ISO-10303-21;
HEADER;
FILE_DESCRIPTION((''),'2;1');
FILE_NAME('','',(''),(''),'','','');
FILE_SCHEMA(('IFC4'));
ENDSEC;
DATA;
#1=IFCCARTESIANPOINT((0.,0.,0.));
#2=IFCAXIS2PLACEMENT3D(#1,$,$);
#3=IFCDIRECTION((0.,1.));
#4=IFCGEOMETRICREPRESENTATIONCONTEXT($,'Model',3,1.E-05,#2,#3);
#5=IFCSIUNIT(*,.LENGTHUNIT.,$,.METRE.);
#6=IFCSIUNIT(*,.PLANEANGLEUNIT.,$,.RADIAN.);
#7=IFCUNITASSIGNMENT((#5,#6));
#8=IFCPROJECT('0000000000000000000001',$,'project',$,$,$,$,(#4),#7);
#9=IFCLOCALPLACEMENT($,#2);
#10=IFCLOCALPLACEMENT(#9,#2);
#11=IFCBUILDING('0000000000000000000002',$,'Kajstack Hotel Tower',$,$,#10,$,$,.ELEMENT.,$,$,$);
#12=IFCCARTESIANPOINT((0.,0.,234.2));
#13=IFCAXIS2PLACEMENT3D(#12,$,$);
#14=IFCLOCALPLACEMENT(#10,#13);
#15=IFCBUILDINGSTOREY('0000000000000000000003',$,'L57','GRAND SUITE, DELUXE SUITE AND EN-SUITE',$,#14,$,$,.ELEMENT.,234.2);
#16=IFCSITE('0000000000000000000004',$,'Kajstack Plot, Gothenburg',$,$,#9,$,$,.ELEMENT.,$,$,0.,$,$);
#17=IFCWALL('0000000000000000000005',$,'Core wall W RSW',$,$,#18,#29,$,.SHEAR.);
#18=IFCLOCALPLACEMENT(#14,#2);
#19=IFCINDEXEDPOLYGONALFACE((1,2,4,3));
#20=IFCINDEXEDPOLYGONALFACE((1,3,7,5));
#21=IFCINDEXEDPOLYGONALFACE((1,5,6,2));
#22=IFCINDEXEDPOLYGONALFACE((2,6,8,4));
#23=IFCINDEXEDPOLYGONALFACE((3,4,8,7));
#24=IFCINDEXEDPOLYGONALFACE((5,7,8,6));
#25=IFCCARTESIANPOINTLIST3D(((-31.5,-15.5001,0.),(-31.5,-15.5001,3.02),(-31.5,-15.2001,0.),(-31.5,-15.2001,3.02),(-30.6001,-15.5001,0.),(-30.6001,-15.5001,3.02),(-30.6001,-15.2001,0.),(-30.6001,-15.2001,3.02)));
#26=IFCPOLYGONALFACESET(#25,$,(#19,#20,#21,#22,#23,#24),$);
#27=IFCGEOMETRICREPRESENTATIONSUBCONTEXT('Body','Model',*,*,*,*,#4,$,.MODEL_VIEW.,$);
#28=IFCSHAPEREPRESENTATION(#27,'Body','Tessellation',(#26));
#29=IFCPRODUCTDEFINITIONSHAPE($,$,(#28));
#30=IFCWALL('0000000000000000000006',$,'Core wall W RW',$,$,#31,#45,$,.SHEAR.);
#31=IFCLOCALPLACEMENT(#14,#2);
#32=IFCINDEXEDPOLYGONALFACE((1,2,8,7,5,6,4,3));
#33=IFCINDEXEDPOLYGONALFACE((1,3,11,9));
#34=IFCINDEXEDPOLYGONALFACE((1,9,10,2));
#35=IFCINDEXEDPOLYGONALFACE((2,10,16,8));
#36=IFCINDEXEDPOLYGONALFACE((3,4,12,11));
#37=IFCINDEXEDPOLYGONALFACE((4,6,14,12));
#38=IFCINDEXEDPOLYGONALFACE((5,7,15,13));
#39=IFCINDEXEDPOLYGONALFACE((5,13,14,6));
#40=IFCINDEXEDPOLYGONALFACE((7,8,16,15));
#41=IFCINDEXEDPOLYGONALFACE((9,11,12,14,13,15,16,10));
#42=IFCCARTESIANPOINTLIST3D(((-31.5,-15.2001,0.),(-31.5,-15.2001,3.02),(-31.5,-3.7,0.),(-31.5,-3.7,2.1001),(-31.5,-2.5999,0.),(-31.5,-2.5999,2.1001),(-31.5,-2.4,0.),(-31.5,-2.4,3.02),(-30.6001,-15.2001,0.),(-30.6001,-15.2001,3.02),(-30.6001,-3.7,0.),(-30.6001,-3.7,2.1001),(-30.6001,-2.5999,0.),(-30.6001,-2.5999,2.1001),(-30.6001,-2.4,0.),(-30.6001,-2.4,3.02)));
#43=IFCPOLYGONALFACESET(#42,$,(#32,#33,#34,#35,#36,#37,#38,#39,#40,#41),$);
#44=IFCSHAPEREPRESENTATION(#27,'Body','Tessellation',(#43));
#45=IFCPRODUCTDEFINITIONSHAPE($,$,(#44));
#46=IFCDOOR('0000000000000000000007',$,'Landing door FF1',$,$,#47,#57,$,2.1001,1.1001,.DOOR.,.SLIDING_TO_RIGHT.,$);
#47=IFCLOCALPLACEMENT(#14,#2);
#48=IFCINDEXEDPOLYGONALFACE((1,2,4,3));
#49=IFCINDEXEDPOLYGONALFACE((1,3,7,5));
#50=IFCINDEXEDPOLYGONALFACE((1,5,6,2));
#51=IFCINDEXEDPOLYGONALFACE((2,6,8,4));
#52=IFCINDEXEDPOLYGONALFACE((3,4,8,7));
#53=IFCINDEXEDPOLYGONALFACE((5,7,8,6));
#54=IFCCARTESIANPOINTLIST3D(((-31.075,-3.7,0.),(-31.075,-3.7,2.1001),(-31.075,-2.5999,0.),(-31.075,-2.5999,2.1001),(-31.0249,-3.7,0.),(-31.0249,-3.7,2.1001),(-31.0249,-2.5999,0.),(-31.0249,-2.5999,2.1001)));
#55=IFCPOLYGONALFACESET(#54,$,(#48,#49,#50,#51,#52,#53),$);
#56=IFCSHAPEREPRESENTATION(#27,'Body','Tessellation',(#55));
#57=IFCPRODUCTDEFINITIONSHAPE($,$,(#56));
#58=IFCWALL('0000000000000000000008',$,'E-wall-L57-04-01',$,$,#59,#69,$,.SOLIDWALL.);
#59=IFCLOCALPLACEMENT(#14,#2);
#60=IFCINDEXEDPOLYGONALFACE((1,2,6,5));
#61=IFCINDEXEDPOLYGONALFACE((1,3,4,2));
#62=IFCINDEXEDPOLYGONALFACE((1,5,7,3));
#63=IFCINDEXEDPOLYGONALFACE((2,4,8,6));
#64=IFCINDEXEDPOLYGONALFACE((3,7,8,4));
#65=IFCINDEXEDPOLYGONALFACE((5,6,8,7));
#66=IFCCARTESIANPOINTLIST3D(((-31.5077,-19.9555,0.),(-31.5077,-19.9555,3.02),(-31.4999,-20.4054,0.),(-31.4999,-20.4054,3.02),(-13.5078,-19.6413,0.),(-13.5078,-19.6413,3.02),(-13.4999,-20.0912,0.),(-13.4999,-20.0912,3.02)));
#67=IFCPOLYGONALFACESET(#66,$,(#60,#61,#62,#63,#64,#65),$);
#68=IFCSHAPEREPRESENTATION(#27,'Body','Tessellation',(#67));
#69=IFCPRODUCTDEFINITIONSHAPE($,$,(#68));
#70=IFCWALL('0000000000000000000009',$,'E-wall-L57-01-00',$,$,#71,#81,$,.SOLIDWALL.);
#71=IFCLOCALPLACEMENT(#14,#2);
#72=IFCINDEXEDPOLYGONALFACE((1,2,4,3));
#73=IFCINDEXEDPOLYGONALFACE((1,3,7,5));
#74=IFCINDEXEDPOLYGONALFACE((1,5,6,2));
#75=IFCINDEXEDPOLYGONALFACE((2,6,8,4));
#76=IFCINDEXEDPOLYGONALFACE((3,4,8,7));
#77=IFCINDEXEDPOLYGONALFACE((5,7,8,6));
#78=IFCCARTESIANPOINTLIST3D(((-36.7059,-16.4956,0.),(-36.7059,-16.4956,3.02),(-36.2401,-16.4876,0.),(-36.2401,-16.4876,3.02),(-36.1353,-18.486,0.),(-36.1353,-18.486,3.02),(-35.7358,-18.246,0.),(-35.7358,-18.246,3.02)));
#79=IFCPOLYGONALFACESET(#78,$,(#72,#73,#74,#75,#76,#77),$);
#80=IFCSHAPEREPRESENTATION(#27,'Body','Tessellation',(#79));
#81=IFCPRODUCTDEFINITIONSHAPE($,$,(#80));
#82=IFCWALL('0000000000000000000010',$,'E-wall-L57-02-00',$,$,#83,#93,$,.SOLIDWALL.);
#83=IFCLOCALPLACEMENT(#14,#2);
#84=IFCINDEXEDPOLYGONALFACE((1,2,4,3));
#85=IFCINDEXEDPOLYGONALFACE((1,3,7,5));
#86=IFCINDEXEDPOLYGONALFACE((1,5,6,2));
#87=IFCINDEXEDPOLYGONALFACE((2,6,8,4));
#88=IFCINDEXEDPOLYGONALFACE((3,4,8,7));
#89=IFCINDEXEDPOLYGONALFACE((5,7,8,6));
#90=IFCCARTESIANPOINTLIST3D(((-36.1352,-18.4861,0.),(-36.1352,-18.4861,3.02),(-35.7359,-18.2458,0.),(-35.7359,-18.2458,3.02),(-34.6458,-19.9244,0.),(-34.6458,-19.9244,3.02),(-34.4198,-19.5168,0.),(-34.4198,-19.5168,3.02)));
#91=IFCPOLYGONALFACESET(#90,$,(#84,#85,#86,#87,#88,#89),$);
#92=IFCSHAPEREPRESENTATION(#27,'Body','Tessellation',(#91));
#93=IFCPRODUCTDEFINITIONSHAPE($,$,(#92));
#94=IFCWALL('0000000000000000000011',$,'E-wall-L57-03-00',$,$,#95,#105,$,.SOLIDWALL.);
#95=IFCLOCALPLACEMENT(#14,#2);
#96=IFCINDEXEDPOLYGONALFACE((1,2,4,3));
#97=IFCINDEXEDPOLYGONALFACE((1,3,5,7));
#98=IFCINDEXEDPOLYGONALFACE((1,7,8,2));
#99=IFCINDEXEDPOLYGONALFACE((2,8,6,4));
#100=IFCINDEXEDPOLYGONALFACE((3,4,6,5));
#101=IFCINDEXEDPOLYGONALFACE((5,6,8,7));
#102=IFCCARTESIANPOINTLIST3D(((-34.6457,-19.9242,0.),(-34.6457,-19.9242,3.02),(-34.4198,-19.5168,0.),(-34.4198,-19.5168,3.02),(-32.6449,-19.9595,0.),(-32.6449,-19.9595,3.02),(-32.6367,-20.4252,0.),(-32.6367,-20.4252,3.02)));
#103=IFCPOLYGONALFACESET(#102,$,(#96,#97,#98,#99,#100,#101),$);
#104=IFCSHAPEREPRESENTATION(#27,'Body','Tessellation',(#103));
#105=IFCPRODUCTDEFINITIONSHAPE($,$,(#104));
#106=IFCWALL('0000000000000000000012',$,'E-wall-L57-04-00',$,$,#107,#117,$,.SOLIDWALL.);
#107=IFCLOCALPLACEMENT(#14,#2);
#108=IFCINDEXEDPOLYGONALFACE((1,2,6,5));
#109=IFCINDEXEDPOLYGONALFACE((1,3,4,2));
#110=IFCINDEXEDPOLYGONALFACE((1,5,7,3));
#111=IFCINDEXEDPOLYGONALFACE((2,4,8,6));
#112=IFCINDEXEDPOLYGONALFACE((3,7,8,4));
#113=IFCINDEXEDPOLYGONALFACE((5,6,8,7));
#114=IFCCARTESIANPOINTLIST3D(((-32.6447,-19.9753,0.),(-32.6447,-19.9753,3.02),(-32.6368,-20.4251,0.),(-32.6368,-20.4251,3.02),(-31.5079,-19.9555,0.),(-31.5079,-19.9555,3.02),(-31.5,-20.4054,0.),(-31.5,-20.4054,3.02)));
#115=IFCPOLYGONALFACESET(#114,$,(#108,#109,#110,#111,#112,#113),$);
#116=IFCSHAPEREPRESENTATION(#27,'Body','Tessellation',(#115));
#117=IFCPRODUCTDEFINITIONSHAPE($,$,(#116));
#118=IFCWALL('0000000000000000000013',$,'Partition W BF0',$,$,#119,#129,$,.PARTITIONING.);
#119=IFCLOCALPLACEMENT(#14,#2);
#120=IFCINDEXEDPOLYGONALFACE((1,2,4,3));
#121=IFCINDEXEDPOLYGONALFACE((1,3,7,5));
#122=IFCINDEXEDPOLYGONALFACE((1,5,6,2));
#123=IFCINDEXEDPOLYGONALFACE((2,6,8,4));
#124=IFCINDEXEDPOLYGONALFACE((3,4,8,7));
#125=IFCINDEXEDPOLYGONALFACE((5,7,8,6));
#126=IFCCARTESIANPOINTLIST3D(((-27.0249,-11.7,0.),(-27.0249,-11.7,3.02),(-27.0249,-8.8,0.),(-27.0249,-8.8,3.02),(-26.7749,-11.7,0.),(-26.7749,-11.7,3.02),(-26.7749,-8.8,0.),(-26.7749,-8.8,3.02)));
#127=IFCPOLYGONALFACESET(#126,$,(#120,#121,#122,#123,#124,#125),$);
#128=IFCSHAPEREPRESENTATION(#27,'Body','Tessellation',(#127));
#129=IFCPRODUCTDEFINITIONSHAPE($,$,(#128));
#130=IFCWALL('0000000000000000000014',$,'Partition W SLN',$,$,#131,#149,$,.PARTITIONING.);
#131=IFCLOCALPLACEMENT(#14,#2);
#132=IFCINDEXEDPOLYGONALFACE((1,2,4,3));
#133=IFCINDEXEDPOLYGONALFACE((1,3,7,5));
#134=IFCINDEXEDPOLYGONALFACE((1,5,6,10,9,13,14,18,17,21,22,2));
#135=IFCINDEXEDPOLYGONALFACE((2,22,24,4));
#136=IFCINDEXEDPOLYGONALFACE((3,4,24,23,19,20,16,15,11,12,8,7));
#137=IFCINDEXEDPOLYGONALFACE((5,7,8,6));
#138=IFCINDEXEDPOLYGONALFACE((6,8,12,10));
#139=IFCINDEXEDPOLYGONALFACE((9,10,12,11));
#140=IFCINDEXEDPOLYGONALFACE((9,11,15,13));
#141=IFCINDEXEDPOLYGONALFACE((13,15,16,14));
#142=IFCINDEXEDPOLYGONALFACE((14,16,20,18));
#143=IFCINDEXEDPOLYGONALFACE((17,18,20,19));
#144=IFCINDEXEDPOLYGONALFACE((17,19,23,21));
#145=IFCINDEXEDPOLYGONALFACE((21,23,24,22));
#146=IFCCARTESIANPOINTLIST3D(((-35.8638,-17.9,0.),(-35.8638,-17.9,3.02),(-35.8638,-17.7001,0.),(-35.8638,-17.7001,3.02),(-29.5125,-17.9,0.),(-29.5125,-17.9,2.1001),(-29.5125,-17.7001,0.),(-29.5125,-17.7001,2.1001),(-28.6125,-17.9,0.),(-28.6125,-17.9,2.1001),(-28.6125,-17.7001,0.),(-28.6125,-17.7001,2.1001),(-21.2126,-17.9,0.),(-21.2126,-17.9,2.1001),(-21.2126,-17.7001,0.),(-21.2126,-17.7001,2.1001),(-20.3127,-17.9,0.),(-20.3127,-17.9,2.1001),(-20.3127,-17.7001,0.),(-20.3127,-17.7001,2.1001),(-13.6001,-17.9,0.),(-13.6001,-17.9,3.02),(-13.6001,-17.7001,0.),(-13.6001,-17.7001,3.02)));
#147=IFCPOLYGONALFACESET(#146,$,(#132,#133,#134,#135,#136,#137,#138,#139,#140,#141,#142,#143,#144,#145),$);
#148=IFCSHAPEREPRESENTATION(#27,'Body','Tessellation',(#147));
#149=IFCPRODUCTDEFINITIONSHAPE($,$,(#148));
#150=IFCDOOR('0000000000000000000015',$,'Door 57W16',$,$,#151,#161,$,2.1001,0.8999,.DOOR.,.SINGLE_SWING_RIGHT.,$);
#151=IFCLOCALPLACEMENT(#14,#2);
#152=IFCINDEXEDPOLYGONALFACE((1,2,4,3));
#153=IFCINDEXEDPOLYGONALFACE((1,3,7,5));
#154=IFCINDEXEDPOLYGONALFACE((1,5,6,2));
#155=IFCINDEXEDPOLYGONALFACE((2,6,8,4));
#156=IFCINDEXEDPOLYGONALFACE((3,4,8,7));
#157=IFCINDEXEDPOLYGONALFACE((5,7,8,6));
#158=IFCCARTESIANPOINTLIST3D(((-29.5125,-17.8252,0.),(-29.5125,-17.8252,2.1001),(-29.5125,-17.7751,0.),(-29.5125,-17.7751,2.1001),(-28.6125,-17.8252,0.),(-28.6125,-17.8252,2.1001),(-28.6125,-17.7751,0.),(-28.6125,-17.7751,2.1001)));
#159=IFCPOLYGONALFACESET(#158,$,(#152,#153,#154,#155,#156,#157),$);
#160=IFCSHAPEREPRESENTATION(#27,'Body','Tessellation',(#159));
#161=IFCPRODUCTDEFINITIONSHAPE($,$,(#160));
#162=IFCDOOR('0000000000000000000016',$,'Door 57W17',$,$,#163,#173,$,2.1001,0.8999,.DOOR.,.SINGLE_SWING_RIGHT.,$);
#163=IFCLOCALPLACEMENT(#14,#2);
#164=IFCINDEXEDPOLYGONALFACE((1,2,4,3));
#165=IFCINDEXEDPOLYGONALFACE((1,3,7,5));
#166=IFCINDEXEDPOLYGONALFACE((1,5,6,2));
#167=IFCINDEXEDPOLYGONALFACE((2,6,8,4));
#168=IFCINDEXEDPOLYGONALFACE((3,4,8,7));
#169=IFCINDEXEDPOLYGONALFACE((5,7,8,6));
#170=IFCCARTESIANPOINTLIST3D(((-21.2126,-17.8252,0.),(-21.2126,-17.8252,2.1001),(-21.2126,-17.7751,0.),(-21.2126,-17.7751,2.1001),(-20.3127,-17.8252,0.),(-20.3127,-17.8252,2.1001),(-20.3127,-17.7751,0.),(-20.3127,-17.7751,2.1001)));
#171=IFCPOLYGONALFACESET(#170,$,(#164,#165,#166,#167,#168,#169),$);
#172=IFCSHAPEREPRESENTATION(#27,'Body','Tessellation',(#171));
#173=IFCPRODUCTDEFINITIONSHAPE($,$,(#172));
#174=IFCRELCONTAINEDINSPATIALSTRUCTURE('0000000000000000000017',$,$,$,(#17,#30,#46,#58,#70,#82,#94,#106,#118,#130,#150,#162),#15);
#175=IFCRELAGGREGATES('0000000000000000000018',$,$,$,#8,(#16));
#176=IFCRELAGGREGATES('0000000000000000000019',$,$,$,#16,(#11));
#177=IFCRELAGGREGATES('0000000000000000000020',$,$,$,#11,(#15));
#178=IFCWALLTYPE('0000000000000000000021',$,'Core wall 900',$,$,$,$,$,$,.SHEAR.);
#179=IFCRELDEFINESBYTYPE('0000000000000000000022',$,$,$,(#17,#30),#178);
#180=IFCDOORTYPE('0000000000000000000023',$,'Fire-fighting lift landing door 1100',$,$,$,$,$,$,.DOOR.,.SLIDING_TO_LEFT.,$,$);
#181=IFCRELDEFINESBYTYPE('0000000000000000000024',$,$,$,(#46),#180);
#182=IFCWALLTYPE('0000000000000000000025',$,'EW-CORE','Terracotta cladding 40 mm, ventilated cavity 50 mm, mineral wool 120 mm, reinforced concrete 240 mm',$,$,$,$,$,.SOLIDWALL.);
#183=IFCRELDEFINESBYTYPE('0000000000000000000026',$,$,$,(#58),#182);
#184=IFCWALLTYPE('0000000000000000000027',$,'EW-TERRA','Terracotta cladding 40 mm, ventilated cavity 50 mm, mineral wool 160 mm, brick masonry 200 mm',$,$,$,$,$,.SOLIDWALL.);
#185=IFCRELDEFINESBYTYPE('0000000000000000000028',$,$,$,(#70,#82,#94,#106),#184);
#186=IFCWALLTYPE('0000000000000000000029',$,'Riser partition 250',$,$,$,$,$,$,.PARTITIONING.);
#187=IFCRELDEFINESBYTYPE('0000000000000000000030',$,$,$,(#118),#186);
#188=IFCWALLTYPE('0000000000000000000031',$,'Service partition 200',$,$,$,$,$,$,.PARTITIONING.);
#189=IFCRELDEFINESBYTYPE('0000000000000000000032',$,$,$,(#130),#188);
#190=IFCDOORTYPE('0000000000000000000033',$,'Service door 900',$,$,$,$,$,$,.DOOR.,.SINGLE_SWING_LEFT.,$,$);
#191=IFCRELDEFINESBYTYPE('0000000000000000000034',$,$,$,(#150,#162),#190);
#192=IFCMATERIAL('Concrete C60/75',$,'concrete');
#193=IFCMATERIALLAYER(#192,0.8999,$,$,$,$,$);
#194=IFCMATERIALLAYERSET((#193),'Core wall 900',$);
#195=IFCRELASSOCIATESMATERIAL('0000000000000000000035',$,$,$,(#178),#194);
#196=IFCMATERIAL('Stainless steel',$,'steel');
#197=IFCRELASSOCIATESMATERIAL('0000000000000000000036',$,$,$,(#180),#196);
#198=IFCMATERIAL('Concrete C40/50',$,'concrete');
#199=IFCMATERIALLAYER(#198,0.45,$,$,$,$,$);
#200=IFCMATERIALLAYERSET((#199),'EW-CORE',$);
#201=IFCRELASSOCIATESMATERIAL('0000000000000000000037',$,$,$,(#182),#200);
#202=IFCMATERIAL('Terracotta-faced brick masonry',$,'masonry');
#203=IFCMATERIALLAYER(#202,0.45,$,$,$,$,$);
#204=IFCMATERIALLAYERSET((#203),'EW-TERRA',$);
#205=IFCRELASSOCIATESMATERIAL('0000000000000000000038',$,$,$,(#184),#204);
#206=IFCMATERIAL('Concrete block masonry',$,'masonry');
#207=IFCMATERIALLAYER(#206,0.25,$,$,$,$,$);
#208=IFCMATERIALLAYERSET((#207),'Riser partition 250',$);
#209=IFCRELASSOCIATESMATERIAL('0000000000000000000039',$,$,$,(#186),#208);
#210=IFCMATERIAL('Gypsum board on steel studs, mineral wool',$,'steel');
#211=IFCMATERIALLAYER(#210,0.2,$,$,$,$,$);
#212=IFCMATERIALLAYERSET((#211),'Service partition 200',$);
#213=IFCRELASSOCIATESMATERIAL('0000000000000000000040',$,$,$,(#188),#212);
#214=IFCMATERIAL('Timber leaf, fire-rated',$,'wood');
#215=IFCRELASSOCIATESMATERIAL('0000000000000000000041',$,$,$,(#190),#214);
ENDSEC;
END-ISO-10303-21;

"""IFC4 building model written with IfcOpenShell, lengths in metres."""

from ifc_helpers import new_model, si_unit, direction, frame, frame_2d, origin, place, context, subcontext, project, spatial, polyline, rectangle, outline, extrude, material, layer, layer_set, type_object, element, fill, save


model = new_model("IFC4")

# Units and contexts
model_context = context("Model", 3, precision=1e-05, world=origin(), true_north=direction((0.0, 1.0)))
body_context = subcontext(model_context, "Body", "Model", "MODEL_VIEW")
ifc_project = project(units=[si_unit("LENGTHUNIT", "METRE"), si_unit("PLANEANGLEUNIT", "RADIAN")], contexts=[model_context])

# Site, building, storey
site_placement = place(None, origin())
site = spatial("IfcSite", under=ifc_project, at=site_placement, Name="Kajstack Plot, Gothenburg", CompositionType="ELEMENT", RefElevation=0.0)
building_placement = place(site_placement, origin())
building = spatial("IfcBuilding", under=site, at=building_placement, Name="Kajstack Hotel Tower", CompositionType="ELEMENT")
storey_placement = place(building_placement, frame((0.0, 0.0, 234.2)))
storey = spatial("IfcBuildingStorey", under=building, at=storey_placement, Name="L57", Description="GRAND SUITE, DELUXE SUITE AND EN-SUITE", CompositionType="ELEMENT", Elevation=234.2)

# Wall
ifc_material_1 = material(Name="Concrete C60/75", Category="concrete")
ifc_layer_1 = layer(ifc_material_1, 0.8999)
ifc_layer_set_1 = layer_set([ifc_layer_1], Name="Core wall 900")
wall_type_1 = type_object("IfcWallType", Name="Core wall 900", PredefinedType="SHEAR", material=ifc_layer_set_1)
wall_1_placement = place(storey_placement, frame((-31.5, -15.3501, 0.0), z_axis=(0.0, 0.0, 1.0), x_axis=(1.0, 0.0, 0.0)))
element("IfcWall", 1, at=wall_1_placement, inside=storey, type_object=wall_type_1, Name="Core wall W RSW", PredefinedType="SHEAR", context=body_context, shape_type="SweptSolid", body=[
    extrude(rectangle(XDim=0.8999, YDim=0.3, at=frame_2d((0.45, 0.0))), origin(), (0.0, 0.0, 1.0), 3.02),
])

# Wall, opening, door
wall_2_placement = place(storey_placement, frame((-31.05, -15.2, 0.0), z_axis=(0.0, 0.0, 1.0), x_axis=(0.0, 1.0, 0.0)))
wall_2 = element("IfcWall", 2, at=wall_2_placement, inside=storey, type_object=wall_type_1, Name="Core wall W RW", PredefinedType="SHEAR", context=body_context, shape_type="SweptSolid", body=[
    extrude(rectangle(XDim=12.8, YDim=0.8999, at=frame_2d((6.3999, 0.0))), origin(), (0.0, 0.0, 1.0), 3.02),
])
opening_1_placement = place(wall_2_placement, frame((11.5, 0.0, 0.0)))
opening_1 = element("IfcOpeningElement", 3, at=opening_1_placement, cuts=wall_2, PredefinedType="OPENING", context=body_context, shape_type="SweptSolid", body=[
    extrude(rectangle(XDim=1.1001, YDim=2.1001, at=frame_2d((0.55, 1.05))), frame((0.0, 0.46, 0.0), z_axis=(0.0, -1.0, 0.0), x_axis=(1.0, 0.0, 0.0)), (0.0, 0.0, 1.0), 0.9199),
])
ifc_material_2 = material(Name="Stainless steel", Category="steel")
door_type_1 = type_object("IfcDoorType", Name="Fire-fighting lift landing door 1100", OperationType="SLIDING_TO_LEFT", PredefinedType="DOOR", material=ifc_material_2)
door_1_placement = place(opening_1_placement, origin())
door_1 = element("IfcDoor", 4, at=door_1_placement, inside=storey, type_object=door_type_1, Name="Landing door FF1", OperationType="SLIDING_TO_RIGHT", OverallHeight=2.1001, OverallWidth=1.1001, PredefinedType="DOOR", context=body_context, shape_type="SweptSolid", body=[
    extrude(rectangle(XDim=1.1001, YDim=2.1001, at=frame_2d((0.55, 1.05))), frame((0.0, 0.0249, 0.0), z_axis=(0.0, -1.0, 0.0), x_axis=(1.0, 0.0, 0.0)), (0.0, 0.0, 1.0), 0.05),
])
fill(opening_1, door_1)

# Walls
ifc_material_3 = material(Name="Concrete C40/50", Category="concrete")
ifc_layer_2 = layer(ifc_material_3, 0.45)
ifc_layer_set_2 = layer_set([ifc_layer_2], Name="EW-CORE")
wall_type_2 = type_object("IfcWallType", Name="EW-CORE", Description="Terracotta cladding 40 mm, ventilated cavity 50 mm, mineral wool 120 mm, reinforced concrete 240 mm", PredefinedType="SOLIDWALL", material=ifc_layer_set_2)
wall_3_placement = place(storey_placement, frame((-31.5039, -20.1804, 0.0), z_axis=(0.0, 0.0, 1.0), x_axis=(0.999848, 0.017453, 0.0)))
element("IfcWall", 5, at=wall_3_placement, inside=storey, type_object=wall_type_2, Name="E-wall-L57-04-01", PredefinedType="SOLIDWALL", context=body_context, shape_type="SweptSolid", body=[
    extrude(rectangle(XDim=18.0027, YDim=0.45, at=frame_2d((9.0015, 0.0))), origin(), (0.0, 0.0, 1.0), 3.02),
])
ifc_material_4 = material(Name="Terracotta-faced brick masonry", Category="masonry")
ifc_layer_3 = layer(ifc_material_4, 0.45)
ifc_layer_set_3 = layer_set([ifc_layer_3], Name="EW-TERRA")
wall_type_3 = type_object("IfcWallType", Name="EW-TERRA", Description="Terracotta cladding 40 mm, ventilated cavity 50 mm, mineral wool 160 mm, brick masonry 200 mm", PredefinedType="SOLIDWALL", material=ifc_layer_set_3)
wall_4_placement = place(storey_placement, frame((-36.4895, -16.4336, 0.0), z_axis=(0.0, 0.0, 1.0), x_axis=(0.275578, -0.961279, 0.0)))
element("IfcWall", 6, at=wall_4_placement, inside=storey, type_object=wall_type_3, Name="E-wall-L57-01-00", PredefinedType="SOLIDWALL", context=body_context, shape_type="SweptSolid", body=[
    extrude(outline(polyline([(0.0, -0.2251), (2.0706, -0.2251), (1.95, 0.2251), (0.1206, 0.2249), (0.0, -0.2251)])), origin(), (0.0, 0.0, 1.0), 3.02),
])
wall_5_placement = place(storey_placement, frame((-35.979, -18.324, 0.0), z_axis=(0.0, 0.0, 1.0), x_axis=(0.71932, -0.694679, 0.0)))
element("IfcWall", 7, at=wall_5_placement, inside=storey, type_object=wall_type_3, Name="E-wall-L57-02-00", PredefinedType="SOLIDWALL", context=body_context, shape_type="SweptSolid", body=[
    extrude(outline(polyline([(0.0002, -0.2251), (2.0708, -0.2251), (1.9502, 0.2251), (0.1206, 0.2251), (0.0002, -0.2251)])), origin(), (0.0, 0.0, 1.0), 3.02),
])
wall_6_placement = place(storey_placement, frame((-34.5913, -19.7061, 0.0), z_axis=(0.0, 0.0, 1.0), x_axis=(0.970316, -0.241842, 0.0)))
element("IfcWall", 8, at=wall_6_placement, inside=storey, type_object=wall_type_3, Name="E-wall-L57-03-00", PredefinedType="SOLIDWALL", context=body_context, shape_type="SweptSolid", body=[
    extrude(outline(polyline([(0.0, -0.2249), (2.0706, -0.2251), (1.95, 0.2249), (0.1206, 0.2251), (0.0, -0.2249)])), origin(), (0.0, 0.0, 1.0), 3.02),
])
wall_7_placement = place(storey_placement, frame((-32.6406, -20.2002, 0.0), z_axis=(0.0, 0.0, 1.0), x_axis=(0.999849, 0.017394, 0.0)))
element("IfcWall", 9, at=wall_7_placement, inside=storey, type_object=wall_type_3, Name="E-wall-L57-04-00", PredefinedType="SOLIDWALL", context=body_context, shape_type="SweptSolid", body=[
    extrude(rectangle(XDim=1.137, YDim=0.45, at=frame_2d((0.5684, 0.0))), origin(), (0.0, 0.0, 1.0), 3.02),
])
ifc_material_5 = material(Name="Concrete block masonry", Category="masonry")
ifc_layer_4 = layer(ifc_material_5, 0.25)
ifc_layer_set_4 = layer_set([ifc_layer_4], Name="Riser partition 250")
wall_type_4 = type_object("IfcWallType", Name="Riser partition 250", PredefinedType="PARTITIONING", material=ifc_layer_set_4)
wall_8_placement = place(storey_placement, frame((-26.8999, -11.7, 0.0), z_axis=(0.0, 0.0, 1.0), x_axis=(0.0, 1.0, 0.0)))
element("IfcWall", 10, at=wall_8_placement, inside=storey, type_object=wall_type_4, Name="Partition W BF0", PredefinedType="PARTITIONING", context=body_context, shape_type="SweptSolid", body=[
    extrude(rectangle(XDim=2.8999, YDim=0.25, at=frame_2d((1.45, 0.0))), origin(), (0.0, 0.0, 1.0), 3.02),
])

# Wall, openings, doors
ifc_material_6 = material(Name="Gypsum board on steel studs, mineral wool", Category="steel")
ifc_layer_5 = layer(ifc_material_6, 0.2)
ifc_layer_set_5 = layer_set([ifc_layer_5], Name="Service partition 200")
wall_type_5 = type_object("IfcWallType", Name="Service partition 200", PredefinedType="PARTITIONING", material=ifc_layer_set_5)
wall_9_placement = place(storey_placement, frame((-35.8638, -17.8, 0.0), z_axis=(0.0, 0.0, 1.0), x_axis=(1.0, 0.0, 0.0)))
wall_9 = element("IfcWall", 11, at=wall_9_placement, inside=storey, type_object=wall_type_5, Name="Partition W SLN", PredefinedType="PARTITIONING", context=body_context, shape_type="SweptSolid", body=[
    extrude(rectangle(XDim=22.2637, YDim=0.2, at=frame_2d((11.1318, 0.0))), origin(), (0.0, 0.0, 1.0), 3.02),
])
opening_2_placement = place(wall_9_placement, frame((6.3513, 0.0, 0.0)))
opening_2 = element("IfcOpeningElement", 12, at=opening_2_placement, cuts=wall_9, PredefinedType="OPENING", context=body_context, shape_type="SweptSolid", body=[
    extrude(rectangle(XDim=0.8999, YDim=2.1001, at=frame_2d((0.45, 1.05))), frame((0.0, 0.1099, 0.0), z_axis=(0.0, -1.0, 0.0), x_axis=(1.0, 0.0, 0.0)), (0.0, 0.0, 1.0), 0.22),
])
opening_3_placement = place(wall_9_placement, frame((14.6511, 0.0, 0.0)))
opening_3 = element("IfcOpeningElement", 13, at=opening_3_placement, cuts=wall_9, PredefinedType="OPENING", context=body_context, shape_type="SweptSolid", body=[
    extrude(rectangle(XDim=0.8999, YDim=2.1001, at=frame_2d((0.45, 1.05))), frame((0.0, 0.1099, 0.0), z_axis=(0.0, -1.0, 0.0), x_axis=(1.0, 0.0, 0.0)), (0.0, 0.0, 1.0), 0.22),
])
ifc_material_7 = material(Name="Timber leaf, fire-rated", Category="wood")
door_type_2 = type_object("IfcDoorType", Name="Service door 900", OperationType="SINGLE_SWING_LEFT", PredefinedType="DOOR", material=ifc_material_7)
door_2_placement = place(opening_2_placement, origin())
door_2 = element("IfcDoor", 14, at=door_2_placement, inside=storey, type_object=door_type_2, Name="Door 57W16", OperationType="SINGLE_SWING_RIGHT", OverallHeight=2.1001, OverallWidth=0.8999, PredefinedType="DOOR", context=body_context, shape_type="SweptSolid", body=[
    extrude(rectangle(XDim=0.8999, YDim=2.1001, at=frame_2d((0.45, 1.05))), frame((0.0, 0.0249, 0.0), z_axis=(0.0, -1.0, 0.0), x_axis=(1.0, 0.0, 0.0)), (0.0, 0.0, 1.0), 0.05),
])
fill(opening_2, door_2)
door_3_placement = place(opening_3_placement, origin())
door_3 = element("IfcDoor", 15, at=door_3_placement, inside=storey, type_object=door_type_2, Name="Door 57W17", OperationType="SINGLE_SWING_RIGHT", OverallHeight=2.1001, OverallWidth=0.8999, PredefinedType="DOOR", context=body_context, shape_type="SweptSolid", body=[
    extrude(rectangle(XDim=0.8999, YDim=2.1001, at=frame_2d((0.45, 1.05))), frame((0.0, 0.0249, 0.0), z_axis=(0.0, -1.0, 0.0), x_axis=(1.0, 0.0, 0.0)), (0.0, 0.0, 1.0), 0.05),
])
fill(opening_3, door_3)

save(model, "model.ifc")
